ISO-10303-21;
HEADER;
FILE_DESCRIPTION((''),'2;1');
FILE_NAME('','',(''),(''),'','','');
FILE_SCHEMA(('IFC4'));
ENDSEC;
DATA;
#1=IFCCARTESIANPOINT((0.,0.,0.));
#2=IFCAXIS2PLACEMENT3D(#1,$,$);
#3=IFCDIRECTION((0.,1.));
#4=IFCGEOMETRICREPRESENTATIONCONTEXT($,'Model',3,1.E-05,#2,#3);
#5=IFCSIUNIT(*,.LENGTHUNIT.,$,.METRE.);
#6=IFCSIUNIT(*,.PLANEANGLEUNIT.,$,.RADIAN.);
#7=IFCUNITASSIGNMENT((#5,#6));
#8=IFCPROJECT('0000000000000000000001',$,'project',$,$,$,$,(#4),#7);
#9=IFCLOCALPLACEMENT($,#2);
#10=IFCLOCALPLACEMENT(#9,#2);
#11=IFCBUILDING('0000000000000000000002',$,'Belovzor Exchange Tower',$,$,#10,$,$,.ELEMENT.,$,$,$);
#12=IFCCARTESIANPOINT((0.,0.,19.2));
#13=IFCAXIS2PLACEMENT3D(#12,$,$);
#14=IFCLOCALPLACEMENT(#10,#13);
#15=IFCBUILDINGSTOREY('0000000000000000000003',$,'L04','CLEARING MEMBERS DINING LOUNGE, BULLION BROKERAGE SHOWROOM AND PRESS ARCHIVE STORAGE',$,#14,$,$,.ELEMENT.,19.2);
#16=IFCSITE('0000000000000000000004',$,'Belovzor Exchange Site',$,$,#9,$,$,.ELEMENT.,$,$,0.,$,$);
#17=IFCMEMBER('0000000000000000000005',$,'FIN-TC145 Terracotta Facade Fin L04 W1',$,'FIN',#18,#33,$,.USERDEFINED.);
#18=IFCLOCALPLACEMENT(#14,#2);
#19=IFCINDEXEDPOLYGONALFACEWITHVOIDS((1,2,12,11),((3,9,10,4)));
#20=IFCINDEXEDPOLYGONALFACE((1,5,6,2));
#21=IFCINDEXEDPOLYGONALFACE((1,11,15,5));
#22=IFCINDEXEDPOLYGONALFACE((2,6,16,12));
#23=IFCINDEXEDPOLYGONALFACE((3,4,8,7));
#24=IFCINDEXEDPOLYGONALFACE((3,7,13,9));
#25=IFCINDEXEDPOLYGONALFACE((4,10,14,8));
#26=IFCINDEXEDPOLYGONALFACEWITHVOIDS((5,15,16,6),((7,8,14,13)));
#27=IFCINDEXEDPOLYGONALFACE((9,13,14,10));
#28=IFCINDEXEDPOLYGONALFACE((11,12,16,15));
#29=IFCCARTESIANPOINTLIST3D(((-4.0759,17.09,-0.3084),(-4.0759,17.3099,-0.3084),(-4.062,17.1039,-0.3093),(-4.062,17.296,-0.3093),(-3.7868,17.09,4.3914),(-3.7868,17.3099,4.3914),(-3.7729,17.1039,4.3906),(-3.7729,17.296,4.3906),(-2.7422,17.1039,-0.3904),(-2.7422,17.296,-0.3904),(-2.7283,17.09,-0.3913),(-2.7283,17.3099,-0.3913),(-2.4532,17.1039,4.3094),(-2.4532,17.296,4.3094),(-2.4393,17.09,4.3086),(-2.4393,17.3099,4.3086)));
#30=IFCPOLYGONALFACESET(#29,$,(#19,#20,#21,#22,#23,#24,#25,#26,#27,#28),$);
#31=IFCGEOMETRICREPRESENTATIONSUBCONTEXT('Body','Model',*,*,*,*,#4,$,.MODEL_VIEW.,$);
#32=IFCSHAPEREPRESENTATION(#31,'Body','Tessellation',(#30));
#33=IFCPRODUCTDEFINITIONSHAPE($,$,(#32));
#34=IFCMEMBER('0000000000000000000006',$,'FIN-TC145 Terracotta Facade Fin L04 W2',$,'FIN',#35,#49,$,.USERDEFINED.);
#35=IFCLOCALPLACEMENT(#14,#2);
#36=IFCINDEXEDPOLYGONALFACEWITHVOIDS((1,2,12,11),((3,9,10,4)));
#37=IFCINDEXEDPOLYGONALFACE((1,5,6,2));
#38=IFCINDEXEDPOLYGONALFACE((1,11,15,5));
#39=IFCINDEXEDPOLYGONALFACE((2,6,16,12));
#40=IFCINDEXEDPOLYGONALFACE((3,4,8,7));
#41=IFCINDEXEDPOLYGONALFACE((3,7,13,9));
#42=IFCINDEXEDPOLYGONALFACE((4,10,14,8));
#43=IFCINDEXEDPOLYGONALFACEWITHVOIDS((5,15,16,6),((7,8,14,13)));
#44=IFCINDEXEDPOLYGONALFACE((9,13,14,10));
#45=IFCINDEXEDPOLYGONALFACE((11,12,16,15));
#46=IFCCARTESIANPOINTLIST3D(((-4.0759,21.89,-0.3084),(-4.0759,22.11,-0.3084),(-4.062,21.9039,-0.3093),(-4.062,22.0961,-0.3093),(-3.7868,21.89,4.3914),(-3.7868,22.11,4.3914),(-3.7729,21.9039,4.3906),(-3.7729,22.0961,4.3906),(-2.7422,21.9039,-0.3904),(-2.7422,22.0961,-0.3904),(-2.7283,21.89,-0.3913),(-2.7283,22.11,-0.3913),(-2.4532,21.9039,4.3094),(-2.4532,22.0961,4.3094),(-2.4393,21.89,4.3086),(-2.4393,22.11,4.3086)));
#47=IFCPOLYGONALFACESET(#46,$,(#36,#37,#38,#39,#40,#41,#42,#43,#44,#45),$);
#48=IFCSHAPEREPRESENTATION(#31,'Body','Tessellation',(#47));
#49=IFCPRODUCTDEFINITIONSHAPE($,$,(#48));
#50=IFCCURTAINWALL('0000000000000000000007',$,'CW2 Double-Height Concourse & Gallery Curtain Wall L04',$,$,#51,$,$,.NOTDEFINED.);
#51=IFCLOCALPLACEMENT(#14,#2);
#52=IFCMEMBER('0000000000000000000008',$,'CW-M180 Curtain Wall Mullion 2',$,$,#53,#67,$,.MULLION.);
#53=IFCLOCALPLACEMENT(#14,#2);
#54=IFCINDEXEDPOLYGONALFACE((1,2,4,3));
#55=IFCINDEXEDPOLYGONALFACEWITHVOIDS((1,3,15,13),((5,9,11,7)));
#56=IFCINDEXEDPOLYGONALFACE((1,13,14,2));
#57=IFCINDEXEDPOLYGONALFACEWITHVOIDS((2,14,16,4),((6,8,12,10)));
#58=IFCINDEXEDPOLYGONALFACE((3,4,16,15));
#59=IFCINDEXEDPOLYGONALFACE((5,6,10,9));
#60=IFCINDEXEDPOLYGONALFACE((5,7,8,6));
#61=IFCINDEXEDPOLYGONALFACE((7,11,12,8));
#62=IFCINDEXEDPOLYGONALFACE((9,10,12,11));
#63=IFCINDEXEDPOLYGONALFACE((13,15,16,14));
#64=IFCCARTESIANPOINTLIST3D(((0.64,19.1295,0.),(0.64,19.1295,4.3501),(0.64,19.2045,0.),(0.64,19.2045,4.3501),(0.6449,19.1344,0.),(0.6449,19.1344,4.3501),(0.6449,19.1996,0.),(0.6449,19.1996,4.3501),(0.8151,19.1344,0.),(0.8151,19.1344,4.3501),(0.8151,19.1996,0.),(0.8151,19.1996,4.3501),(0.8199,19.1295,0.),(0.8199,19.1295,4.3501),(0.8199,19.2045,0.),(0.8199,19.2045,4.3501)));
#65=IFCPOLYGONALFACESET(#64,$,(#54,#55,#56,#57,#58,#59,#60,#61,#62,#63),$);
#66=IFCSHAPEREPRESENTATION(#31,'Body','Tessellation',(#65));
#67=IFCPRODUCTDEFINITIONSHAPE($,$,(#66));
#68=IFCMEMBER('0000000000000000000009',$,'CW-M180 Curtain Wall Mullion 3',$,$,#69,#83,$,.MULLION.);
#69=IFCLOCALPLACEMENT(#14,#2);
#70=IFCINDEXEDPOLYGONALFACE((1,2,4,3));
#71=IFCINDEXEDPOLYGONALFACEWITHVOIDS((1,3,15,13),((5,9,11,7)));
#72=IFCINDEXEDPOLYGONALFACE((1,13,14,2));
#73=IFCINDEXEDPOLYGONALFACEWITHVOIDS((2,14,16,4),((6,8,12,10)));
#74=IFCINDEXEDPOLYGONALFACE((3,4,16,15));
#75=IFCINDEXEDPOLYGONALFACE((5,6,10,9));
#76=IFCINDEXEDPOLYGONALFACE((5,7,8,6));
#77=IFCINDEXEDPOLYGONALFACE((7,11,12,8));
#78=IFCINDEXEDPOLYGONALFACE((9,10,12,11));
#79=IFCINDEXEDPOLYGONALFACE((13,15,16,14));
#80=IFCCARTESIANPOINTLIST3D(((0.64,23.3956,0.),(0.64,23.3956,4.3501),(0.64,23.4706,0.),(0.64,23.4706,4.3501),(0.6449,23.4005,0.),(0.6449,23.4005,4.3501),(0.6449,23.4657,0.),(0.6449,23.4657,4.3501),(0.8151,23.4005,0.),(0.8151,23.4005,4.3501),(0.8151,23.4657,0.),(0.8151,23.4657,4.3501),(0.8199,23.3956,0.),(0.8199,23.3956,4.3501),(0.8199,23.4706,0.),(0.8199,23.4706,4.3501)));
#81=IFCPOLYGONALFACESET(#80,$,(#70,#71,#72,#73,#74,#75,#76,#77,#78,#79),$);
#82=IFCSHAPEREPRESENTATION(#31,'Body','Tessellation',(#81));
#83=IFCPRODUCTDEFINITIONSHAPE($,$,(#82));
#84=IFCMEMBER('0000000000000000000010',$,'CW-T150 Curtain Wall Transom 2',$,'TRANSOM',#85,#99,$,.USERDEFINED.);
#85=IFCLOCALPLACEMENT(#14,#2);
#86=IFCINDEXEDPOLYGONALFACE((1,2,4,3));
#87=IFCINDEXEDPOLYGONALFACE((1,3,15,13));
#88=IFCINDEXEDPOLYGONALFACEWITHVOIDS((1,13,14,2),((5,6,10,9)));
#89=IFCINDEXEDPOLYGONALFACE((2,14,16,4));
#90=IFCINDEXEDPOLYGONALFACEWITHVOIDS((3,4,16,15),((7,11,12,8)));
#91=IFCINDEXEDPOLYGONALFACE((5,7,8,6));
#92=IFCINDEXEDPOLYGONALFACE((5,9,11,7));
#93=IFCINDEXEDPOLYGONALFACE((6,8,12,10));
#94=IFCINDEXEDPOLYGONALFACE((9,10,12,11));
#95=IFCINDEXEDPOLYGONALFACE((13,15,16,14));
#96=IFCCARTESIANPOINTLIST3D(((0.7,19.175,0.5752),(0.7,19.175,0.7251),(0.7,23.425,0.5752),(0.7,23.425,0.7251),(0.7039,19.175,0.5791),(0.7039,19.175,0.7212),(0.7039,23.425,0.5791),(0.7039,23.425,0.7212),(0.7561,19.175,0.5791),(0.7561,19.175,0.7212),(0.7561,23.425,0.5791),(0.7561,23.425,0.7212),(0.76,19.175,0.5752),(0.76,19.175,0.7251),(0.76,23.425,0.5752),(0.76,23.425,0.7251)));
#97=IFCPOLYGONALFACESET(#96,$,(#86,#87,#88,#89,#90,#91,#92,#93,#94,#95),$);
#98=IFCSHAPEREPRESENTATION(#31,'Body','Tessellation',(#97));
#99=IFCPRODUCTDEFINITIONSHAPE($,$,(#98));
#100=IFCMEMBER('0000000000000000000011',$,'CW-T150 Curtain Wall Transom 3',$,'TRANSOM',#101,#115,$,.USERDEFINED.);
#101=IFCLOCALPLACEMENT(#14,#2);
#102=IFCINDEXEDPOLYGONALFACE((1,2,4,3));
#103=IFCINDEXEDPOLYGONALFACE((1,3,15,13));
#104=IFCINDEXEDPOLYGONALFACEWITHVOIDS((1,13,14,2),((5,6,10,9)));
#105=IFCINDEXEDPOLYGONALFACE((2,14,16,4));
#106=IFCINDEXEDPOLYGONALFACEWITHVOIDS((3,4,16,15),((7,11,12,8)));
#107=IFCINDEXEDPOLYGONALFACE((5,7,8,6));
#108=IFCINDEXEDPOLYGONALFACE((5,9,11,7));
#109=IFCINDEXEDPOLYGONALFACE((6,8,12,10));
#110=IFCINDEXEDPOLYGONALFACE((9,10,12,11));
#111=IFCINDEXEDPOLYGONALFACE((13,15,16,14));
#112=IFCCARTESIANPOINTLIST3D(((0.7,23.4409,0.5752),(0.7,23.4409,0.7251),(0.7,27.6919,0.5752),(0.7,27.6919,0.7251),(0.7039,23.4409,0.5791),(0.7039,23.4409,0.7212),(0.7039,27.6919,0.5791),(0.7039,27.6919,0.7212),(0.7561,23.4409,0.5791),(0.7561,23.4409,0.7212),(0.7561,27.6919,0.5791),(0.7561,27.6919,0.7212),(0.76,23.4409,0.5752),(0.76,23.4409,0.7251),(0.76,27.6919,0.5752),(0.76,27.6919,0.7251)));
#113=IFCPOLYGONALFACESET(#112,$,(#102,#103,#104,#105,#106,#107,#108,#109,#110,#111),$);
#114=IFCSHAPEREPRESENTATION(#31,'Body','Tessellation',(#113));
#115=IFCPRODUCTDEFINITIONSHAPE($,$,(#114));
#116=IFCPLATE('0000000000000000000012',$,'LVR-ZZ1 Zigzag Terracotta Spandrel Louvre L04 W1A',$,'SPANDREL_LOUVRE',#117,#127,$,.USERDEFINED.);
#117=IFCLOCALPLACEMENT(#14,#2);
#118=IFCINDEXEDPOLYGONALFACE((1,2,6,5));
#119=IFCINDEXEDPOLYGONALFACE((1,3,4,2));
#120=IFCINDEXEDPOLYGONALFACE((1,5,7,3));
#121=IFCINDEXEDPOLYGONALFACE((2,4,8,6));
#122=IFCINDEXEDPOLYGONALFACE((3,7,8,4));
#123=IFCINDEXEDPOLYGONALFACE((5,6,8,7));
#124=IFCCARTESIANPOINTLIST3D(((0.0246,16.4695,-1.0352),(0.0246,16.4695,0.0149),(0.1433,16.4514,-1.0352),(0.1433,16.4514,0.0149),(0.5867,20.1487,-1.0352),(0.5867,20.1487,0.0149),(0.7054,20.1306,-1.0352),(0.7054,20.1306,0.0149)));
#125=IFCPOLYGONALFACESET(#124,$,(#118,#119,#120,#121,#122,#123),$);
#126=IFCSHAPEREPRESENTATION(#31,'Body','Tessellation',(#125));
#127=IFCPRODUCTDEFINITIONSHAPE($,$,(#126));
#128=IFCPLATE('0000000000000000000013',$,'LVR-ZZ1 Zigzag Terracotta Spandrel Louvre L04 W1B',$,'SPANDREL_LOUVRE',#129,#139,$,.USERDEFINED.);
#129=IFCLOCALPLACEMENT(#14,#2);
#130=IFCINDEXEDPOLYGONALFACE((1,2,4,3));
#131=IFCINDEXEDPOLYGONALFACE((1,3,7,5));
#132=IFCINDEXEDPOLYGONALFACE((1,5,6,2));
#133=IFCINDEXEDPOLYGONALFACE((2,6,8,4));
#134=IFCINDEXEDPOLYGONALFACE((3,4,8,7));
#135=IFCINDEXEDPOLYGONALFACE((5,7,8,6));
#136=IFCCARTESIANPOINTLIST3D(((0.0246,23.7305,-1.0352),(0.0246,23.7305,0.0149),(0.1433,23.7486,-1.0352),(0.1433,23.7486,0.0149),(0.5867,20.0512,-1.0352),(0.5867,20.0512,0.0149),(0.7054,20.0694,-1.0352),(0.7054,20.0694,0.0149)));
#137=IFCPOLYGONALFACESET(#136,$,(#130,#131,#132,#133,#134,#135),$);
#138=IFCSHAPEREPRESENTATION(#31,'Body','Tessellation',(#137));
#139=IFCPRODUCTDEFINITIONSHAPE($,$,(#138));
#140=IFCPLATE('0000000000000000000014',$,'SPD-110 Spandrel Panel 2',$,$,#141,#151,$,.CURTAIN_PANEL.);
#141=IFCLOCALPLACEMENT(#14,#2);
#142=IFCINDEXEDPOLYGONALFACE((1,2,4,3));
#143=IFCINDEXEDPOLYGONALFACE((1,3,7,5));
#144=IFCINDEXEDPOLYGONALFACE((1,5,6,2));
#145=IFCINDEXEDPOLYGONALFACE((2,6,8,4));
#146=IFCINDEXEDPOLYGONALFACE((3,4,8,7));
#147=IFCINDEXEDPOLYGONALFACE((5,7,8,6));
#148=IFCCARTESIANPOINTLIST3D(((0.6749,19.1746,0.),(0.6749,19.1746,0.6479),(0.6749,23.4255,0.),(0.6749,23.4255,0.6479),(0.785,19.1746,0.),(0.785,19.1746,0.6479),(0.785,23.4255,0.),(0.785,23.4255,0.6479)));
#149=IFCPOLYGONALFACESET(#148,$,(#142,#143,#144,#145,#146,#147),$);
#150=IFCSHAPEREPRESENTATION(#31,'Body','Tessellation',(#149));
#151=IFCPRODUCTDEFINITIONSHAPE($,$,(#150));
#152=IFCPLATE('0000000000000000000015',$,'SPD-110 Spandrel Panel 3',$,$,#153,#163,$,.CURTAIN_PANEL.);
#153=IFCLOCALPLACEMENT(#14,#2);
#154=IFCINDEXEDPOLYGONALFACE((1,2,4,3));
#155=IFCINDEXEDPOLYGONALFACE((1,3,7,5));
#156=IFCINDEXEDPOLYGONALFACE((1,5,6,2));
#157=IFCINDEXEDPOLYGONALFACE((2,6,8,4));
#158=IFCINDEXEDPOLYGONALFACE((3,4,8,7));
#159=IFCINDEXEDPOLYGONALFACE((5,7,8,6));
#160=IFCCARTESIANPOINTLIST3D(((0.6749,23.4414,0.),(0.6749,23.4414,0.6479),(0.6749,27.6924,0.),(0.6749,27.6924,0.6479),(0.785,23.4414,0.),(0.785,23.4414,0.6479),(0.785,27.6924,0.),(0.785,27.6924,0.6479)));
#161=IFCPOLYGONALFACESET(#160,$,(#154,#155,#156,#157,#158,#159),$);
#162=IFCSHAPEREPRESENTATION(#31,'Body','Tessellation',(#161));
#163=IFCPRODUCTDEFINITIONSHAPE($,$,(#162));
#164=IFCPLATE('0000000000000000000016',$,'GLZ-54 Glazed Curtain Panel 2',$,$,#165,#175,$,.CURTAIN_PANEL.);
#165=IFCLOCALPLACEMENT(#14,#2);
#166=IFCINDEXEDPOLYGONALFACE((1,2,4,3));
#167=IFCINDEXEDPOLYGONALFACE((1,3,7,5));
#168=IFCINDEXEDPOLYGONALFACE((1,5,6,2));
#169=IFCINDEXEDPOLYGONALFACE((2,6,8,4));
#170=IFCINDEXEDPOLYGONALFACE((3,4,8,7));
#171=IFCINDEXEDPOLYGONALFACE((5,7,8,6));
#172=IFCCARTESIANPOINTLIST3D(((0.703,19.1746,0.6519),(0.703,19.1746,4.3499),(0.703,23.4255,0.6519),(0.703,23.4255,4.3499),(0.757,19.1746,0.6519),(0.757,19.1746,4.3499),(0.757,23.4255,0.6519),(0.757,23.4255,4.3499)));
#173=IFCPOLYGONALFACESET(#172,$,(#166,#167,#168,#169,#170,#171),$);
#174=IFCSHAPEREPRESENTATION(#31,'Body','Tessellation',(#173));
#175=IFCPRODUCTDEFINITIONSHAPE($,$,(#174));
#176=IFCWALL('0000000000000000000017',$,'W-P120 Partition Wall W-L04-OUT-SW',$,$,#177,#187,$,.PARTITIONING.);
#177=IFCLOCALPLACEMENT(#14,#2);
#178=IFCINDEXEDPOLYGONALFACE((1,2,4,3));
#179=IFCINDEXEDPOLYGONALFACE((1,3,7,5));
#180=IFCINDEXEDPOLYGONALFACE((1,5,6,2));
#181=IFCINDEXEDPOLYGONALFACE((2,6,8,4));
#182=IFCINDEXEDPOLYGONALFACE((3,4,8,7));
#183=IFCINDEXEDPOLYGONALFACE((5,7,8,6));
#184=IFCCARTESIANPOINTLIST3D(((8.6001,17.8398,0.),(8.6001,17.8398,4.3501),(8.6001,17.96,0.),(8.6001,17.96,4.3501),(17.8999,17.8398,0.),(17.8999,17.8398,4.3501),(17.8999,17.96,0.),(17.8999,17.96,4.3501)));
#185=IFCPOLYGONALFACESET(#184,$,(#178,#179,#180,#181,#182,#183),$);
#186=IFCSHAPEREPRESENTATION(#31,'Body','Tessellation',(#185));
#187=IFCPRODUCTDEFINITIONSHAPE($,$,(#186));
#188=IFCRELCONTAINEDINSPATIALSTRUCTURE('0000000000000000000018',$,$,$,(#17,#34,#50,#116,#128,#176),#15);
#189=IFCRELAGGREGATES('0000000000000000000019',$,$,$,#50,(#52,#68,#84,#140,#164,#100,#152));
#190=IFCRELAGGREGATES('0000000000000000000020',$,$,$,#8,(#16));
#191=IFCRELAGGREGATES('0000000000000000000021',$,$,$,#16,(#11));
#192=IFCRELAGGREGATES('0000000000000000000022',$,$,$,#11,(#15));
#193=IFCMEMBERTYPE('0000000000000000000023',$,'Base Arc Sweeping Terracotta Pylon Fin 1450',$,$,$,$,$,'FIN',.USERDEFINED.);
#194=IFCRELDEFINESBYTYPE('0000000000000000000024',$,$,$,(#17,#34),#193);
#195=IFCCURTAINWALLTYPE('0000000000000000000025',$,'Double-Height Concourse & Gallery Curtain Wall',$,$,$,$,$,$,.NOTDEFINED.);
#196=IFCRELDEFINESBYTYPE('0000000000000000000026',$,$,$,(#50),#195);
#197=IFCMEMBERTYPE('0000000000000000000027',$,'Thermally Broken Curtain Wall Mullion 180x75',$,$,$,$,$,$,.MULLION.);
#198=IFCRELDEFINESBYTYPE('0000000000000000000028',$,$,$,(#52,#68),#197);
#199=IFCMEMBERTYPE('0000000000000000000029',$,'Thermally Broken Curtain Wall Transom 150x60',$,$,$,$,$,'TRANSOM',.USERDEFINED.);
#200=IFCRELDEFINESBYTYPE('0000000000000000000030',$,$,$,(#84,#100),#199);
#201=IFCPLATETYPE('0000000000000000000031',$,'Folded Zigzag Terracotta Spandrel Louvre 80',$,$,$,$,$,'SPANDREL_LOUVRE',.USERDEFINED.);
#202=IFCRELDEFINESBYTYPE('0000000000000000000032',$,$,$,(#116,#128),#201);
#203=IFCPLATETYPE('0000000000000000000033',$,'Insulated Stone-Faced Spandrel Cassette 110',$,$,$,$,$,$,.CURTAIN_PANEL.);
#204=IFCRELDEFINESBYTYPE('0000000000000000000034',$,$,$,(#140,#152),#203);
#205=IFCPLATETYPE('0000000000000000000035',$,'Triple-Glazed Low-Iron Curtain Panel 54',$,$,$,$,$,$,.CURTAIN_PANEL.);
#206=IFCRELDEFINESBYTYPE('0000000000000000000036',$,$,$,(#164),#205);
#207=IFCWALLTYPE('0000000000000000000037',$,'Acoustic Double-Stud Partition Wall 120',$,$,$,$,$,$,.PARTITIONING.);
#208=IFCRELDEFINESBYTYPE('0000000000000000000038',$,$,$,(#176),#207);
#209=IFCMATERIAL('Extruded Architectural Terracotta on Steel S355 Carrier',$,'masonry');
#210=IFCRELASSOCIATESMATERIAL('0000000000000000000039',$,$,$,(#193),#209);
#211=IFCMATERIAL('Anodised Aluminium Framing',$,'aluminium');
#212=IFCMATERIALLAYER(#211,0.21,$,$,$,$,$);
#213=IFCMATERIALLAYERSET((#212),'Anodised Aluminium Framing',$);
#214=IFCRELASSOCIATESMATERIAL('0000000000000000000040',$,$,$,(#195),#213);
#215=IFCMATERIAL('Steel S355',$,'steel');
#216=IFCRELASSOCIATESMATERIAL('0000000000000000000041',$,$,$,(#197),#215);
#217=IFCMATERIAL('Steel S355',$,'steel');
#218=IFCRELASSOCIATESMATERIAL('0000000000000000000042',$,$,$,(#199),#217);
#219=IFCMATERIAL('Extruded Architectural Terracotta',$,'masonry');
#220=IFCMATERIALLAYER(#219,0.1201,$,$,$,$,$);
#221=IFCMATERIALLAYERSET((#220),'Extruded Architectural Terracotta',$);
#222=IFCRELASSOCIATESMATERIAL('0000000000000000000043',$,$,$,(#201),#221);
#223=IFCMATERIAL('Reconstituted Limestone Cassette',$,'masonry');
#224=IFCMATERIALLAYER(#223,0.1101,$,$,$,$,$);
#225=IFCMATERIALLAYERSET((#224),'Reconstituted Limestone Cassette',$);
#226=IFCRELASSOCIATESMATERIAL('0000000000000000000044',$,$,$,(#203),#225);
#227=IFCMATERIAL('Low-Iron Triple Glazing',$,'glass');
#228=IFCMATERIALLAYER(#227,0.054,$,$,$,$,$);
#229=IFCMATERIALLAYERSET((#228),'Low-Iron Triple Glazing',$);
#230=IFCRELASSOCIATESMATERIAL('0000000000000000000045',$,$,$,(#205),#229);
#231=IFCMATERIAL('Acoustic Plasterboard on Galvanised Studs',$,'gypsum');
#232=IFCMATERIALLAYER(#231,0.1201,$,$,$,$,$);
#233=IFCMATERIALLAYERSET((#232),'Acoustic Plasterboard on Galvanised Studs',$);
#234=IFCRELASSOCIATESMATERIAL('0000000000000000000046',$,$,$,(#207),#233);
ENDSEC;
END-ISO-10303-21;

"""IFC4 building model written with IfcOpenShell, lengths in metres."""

from ifc_helpers import new_model, si_unit, direction, frame, frame_2d, origin, origin_2d, place, context, subcontext, project, spatial, rectangle, hollow_rectangle, extrude, material, layer, layer_set, material_profile, profile_set, type_object, element, aggregate, save


model = new_model("IFC4")

# Units and contexts
model_context = context("Model", 3, precision=1e-05, world=origin(), true_north=direction((0.0, 1.0)))
body_context = subcontext(model_context, "Body", "Model", "MODEL_VIEW")
ifc_project = project(units=[si_unit("LENGTHUNIT", "METRE"), si_unit("PLANEANGLEUNIT", "RADIAN")], contexts=[model_context])

# Site, building, storey
site_placement = place(None, origin())
site = spatial("IfcSite", under=ifc_project, at=site_placement, Name="Belovzor Exchange Site", CompositionType="ELEMENT", RefElevation=0.0)
building_placement = place(site_placement, origin())
building = spatial("IfcBuilding", under=site, at=building_placement, Name="Belovzor Exchange Tower", CompositionType="ELEMENT")
storey_placement = place(building_placement, frame((0.0, 0.0, 19.2)))
storey = spatial("IfcBuildingStorey", under=building, at=storey_placement, Name="L04", Description="CLEARING MEMBERS DINING LOUNGE, BULLION BROKERAGE SHOWROOM AND PRESS ARCHIVE STORAGE", CompositionType="ELEMENT", Elevation=19.2)

# Members
ifc_material_1 = material(Name="Extruded Architectural Terracotta on Steel S355 Carrier", Category="masonry")
ifc_material_profile_1 = material_profile(ifc_material_1, hollow_rectangle(XDim=0.22, YDim=1.3501, WallThickness=0.0139, at=origin_2d()))
ifc_profile_set_1 = profile_set([ifc_material_profile_1], Name="Extruded Architectural Terracotta on Steel S355 Carrier")
member_type_1 = type_object("IfcMemberType", Name="Base Arc Sweeping Terracotta Pylon Fin 1450", ElementType="FIN", PredefinedType="USERDEFINED", material=ifc_profile_set_1)
for number, where, z_axis, x_axis, name in (
    (1, (-3.4021, 17.2, -0.3499), (0.061387, 0.0, 0.998114), (0.0, 1.0, 0.0), "FIN-TC145 Terracotta Facade Fin L04 W1"),
    (2, (-3.4021, 22.0, -0.3499), (0.061387, 0.0, 0.998114), (0.0, 1.0, 0.0), "FIN-TC145 Terracotta Facade Fin L04 W2"),
):
    element("IfcMember", number, at=place(storey_placement, frame(where, z_axis=z_axis, x_axis=x_axis)), inside=storey, type_object=member_type_1, Name=name, ObjectType="FIN", PredefinedType="USERDEFINED", context=body_context, shape_type="SweptSolid", body=[
        extrude(hollow_rectangle(XDim=0.22, YDim=1.3501, WallThickness=0.0139, at=origin_2d()), origin(), (0.0, 0.0, 1.0), 4.7087),
    ])

# Curtain wall, members
ifc_material_2 = material(Name="Anodised Aluminium Framing", Category="aluminium")
ifc_layer_1 = layer(ifc_material_2, 0.21)
ifc_layer_set_1 = layer_set([ifc_layer_1], Name="Anodised Aluminium Framing")
curtain_wall_type = type_object("IfcCurtainWallType", Name="Double-Height Concourse & Gallery Curtain Wall", PredefinedType="NOTDEFINED", material=ifc_layer_set_1)
curtain_wall_placement = place(storey_placement, origin())
curtain_wall = element("IfcCurtainWall", 3, at=curtain_wall_placement, inside=storey, type_object=curtain_wall_type, Name="CW2 Double-Height Concourse & Gallery Curtain Wall L04", PredefinedType="NOTDEFINED")
ifc_material_3 = material(Name="Steel S355", Category="steel")
ifc_material_profile_2 = material_profile(ifc_material_3, hollow_rectangle(XDim=0.075, YDim=0.1799, WallThickness=0.0049, at=origin_2d()))
ifc_profile_set_2 = profile_set([ifc_material_profile_2], Name="Steel S355")
member_type_2 = type_object("IfcMemberType", Name="Thermally Broken Curtain Wall Mullion 180x75", PredefinedType="MULLION", material=ifc_profile_set_2)
member_1_placement = place(storey_placement, frame((0.73, 19.167, 0.0), z_axis=(0.0, 0.0, 1.0), x_axis=(0.0, 1.0, 0.0)))
member_1 = element("IfcMember", 4, at=member_1_placement, type_object=member_type_2, Name="CW-M180 Curtain Wall Mullion 2", PredefinedType="MULLION", context=body_context, shape_type="SweptSolid", body=[
    extrude(hollow_rectangle(XDim=0.075, YDim=0.1799, WallThickness=0.0049, at=origin_2d()), origin(), (0.0, 0.0, 1.0), 4.3501),
])
member_2_placement = place(storey_placement, frame((0.73, 23.4331, 0.0), z_axis=(0.0, 0.0, 1.0), x_axis=(0.0, 1.0, 0.0)))
member_2 = element("IfcMember", 5, at=member_2_placement, type_object=member_type_2, Name="CW-M180 Curtain Wall Mullion 3", PredefinedType="MULLION", context=body_context, shape_type="SweptSolid", body=[
    extrude(hollow_rectangle(XDim=0.075, YDim=0.1799, WallThickness=0.0049, at=origin_2d()), origin(), (0.0, 0.0, 1.0), 4.3501),
])
ifc_material_4 = material(Name="Steel S355", Category="steel")
ifc_material_profile_3 = material_profile(ifc_material_4, hollow_rectangle(XDim=0.0601, YDim=0.1499, WallThickness=0.0039, at=origin_2d()))
ifc_profile_set_3 = profile_set([ifc_material_profile_3], Name="Steel S355")
member_type_3 = type_object("IfcMemberType", Name="Thermally Broken Curtain Wall Transom 150x60", ElementType="TRANSOM", PredefinedType="USERDEFINED", material=ifc_profile_set_3)
member_3_placement = place(storey_placement, frame((0.73, 19.175, 0.6501), z_axis=(0.0, 1.0, 0.0), x_axis=(-1.0, 0.0, 0.0)))
member_3 = element("IfcMember", 6, at=member_3_placement, type_object=member_type_3, Name="CW-T150 Curtain Wall Transom 2", ObjectType="TRANSOM", PredefinedType="USERDEFINED", context=body_context, shape_type="SweptSolid", body=[
    extrude(hollow_rectangle(XDim=0.0601, YDim=0.1499, WallThickness=0.0039, at=origin_2d()), origin(), (0.0, 0.0, 1.0), 4.25),
])
member_4_placement = place(storey_placement, frame((0.73, 23.4409, 0.6501), z_axis=(0.0, 1.0, 0.0), x_axis=(-1.0, 0.0, 0.0)))
member_4 = element("IfcMember", 7, at=member_4_placement, type_object=member_type_3, Name="CW-T150 Curtain Wall Transom 3", ObjectType="TRANSOM", PredefinedType="USERDEFINED", context=body_context, shape_type="SweptSolid", body=[
    extrude(hollow_rectangle(XDim=0.0601, YDim=0.1499, WallThickness=0.0039, at=origin_2d()), origin(), (0.0, 0.0, 1.0), 4.251),
])

# Plates
ifc_material_5 = material(Name="Extruded Architectural Terracotta", Category="masonry")
ifc_layer_2 = layer(ifc_material_5, 0.1201)
ifc_layer_set_2 = layer_set([ifc_layer_2], Name="Extruded Architectural Terracotta")
plate_type_1 = type_object("IfcPlateType", Name="Folded Zigzag Terracotta Spandrel Louvre 80", ElementType="SPANDREL_LOUVRE", PredefinedType="USERDEFINED", material=ifc_layer_set_2)
for number, where, z_axis, x_axis, name in (
    (8, (0.365, 18.3, -1.0352), (0.0, 0.0, 1.0), (0.151019, 0.988531, 0.0), "LVR-ZZ1 Zigzag Terracotta Spandrel Louvre L04 W1A"),
    (9, (0.365, 21.8999, -1.0352), (0.0, 0.0, 1.0), (-0.151019, 0.988531, 0.0), "LVR-ZZ1 Zigzag Terracotta Spandrel Louvre L04 W1B"),
):
    element("IfcPlate", number, at=place(storey_placement, frame(where, z_axis=z_axis, x_axis=x_axis)), inside=storey, type_object=plate_type_1, Name=name, ObjectType="SPANDREL_LOUVRE", PredefinedType="USERDEFINED", context=body_context, shape_type="SweptSolid", body=[
        extrude(rectangle(XDim=3.7219, YDim=0.1201, at=origin_2d()), origin(), (0.0, 0.0, 1.0), 1.05),
    ])

# Plates
ifc_material_6 = material(Name="Reconstituted Limestone Cassette", Category="masonry")
ifc_layer_3 = layer(ifc_material_6, 0.1101)
ifc_layer_set_3 = layer_set([ifc_layer_3], Name="Reconstituted Limestone Cassette")
plate_type_2 = type_object("IfcPlateType", Name="Insulated Stone-Faced Spandrel Cassette 110", PredefinedType="CURTAIN_PANEL", material=ifc_layer_set_3)
plate_1_placement = place(storey_placement, frame((0.73, 21.3, 0.0), z_axis=(0.0, 0.0, 1.0), x_axis=(0.0, 1.0, 0.0)))
plate_1 = element("IfcPlate", 10, at=plate_1_placement, type_object=plate_type_2, Name="SPD-110 Spandrel Panel 2", PredefinedType="CURTAIN_PANEL", context=body_context, shape_type="SweptSolid", body=[
    extrude(rectangle(XDim=4.251, YDim=0.1101, at=origin_2d()), origin(), (0.0, 0.0, 1.0), 0.6479),
])
plate_2_placement = place(storey_placement, frame((0.73, 25.5669, 0.0), z_axis=(0.0, 0.0, 1.0), x_axis=(0.0, 1.0, 0.0)))
plate_2 = element("IfcPlate", 11, at=plate_2_placement, type_object=plate_type_2, Name="SPD-110 Spandrel Panel 3", PredefinedType="CURTAIN_PANEL", context=body_context, shape_type="SweptSolid", body=[
    extrude(rectangle(XDim=4.251, YDim=0.1101, at=origin_2d()), origin(), (0.0, 0.0, 1.0), 0.6479),
])
ifc_material_7 = material(Name="Low-Iron Triple Glazing", Category="glass")
ifc_layer_4 = layer(ifc_material_7, 0.054)
ifc_layer_set_4 = layer_set([ifc_layer_4], Name="Low-Iron Triple Glazing")
plate_type_3 = type_object("IfcPlateType", Name="Triple-Glazed Low-Iron Curtain Panel 54", PredefinedType="CURTAIN_PANEL", material=ifc_layer_set_4)
plate_3_placement = place(storey_placement, frame((0.73, 21.3, 0.6519), z_axis=(0.0, 0.0, 1.0), x_axis=(0.0, 1.0, 0.0)))
plate_3 = element("IfcPlate", 12, at=plate_3_placement, type_object=plate_type_3, Name="GLZ-54 Glazed Curtain Panel 2", PredefinedType="CURTAIN_PANEL", context=body_context, shape_type="SweptSolid", body=[
    extrude(rectangle(XDim=4.251, YDim=0.054, at=origin_2d()), origin(), (0.0, 0.0, 1.0), 3.698),
])
aggregate(curtain_wall, [member_1, member_2, member_3, plate_1, plate_3, member_4, plate_2])

# Wall
ifc_material_8 = material(Name="Acoustic Plasterboard on Galvanised Studs", Category="gypsum")
ifc_layer_5 = layer(ifc_material_8, 0.1201)
ifc_layer_set_5 = layer_set([ifc_layer_5], Name="Acoustic Plasterboard on Galvanised Studs")
wall_type_1 = type_object("IfcWallType", Name="Acoustic Double-Stud Partition Wall 120", PredefinedType="PARTITIONING", material=ifc_layer_set_5)
wall_1_placement = place(storey_placement, frame((8.6001, 17.8999, 0.0), z_axis=(0.0, 0.0, 1.0), x_axis=(1.0, 0.0, 0.0)))
element("IfcWall", 13, at=wall_1_placement, inside=storey, type_object=wall_type_1, Name="W-P120 Partition Wall W-L04-OUT-SW", PredefinedType="PARTITIONING", context=body_context, shape_type="SweptSolid", body=[
    extrude(rectangle(XDim=9.2998, YDim=0.1201, at=frame_2d((4.6499, 0.0))), origin(), (0.0, 0.0, 1.0), 4.3501),
])

save(model, "model.ifc")
